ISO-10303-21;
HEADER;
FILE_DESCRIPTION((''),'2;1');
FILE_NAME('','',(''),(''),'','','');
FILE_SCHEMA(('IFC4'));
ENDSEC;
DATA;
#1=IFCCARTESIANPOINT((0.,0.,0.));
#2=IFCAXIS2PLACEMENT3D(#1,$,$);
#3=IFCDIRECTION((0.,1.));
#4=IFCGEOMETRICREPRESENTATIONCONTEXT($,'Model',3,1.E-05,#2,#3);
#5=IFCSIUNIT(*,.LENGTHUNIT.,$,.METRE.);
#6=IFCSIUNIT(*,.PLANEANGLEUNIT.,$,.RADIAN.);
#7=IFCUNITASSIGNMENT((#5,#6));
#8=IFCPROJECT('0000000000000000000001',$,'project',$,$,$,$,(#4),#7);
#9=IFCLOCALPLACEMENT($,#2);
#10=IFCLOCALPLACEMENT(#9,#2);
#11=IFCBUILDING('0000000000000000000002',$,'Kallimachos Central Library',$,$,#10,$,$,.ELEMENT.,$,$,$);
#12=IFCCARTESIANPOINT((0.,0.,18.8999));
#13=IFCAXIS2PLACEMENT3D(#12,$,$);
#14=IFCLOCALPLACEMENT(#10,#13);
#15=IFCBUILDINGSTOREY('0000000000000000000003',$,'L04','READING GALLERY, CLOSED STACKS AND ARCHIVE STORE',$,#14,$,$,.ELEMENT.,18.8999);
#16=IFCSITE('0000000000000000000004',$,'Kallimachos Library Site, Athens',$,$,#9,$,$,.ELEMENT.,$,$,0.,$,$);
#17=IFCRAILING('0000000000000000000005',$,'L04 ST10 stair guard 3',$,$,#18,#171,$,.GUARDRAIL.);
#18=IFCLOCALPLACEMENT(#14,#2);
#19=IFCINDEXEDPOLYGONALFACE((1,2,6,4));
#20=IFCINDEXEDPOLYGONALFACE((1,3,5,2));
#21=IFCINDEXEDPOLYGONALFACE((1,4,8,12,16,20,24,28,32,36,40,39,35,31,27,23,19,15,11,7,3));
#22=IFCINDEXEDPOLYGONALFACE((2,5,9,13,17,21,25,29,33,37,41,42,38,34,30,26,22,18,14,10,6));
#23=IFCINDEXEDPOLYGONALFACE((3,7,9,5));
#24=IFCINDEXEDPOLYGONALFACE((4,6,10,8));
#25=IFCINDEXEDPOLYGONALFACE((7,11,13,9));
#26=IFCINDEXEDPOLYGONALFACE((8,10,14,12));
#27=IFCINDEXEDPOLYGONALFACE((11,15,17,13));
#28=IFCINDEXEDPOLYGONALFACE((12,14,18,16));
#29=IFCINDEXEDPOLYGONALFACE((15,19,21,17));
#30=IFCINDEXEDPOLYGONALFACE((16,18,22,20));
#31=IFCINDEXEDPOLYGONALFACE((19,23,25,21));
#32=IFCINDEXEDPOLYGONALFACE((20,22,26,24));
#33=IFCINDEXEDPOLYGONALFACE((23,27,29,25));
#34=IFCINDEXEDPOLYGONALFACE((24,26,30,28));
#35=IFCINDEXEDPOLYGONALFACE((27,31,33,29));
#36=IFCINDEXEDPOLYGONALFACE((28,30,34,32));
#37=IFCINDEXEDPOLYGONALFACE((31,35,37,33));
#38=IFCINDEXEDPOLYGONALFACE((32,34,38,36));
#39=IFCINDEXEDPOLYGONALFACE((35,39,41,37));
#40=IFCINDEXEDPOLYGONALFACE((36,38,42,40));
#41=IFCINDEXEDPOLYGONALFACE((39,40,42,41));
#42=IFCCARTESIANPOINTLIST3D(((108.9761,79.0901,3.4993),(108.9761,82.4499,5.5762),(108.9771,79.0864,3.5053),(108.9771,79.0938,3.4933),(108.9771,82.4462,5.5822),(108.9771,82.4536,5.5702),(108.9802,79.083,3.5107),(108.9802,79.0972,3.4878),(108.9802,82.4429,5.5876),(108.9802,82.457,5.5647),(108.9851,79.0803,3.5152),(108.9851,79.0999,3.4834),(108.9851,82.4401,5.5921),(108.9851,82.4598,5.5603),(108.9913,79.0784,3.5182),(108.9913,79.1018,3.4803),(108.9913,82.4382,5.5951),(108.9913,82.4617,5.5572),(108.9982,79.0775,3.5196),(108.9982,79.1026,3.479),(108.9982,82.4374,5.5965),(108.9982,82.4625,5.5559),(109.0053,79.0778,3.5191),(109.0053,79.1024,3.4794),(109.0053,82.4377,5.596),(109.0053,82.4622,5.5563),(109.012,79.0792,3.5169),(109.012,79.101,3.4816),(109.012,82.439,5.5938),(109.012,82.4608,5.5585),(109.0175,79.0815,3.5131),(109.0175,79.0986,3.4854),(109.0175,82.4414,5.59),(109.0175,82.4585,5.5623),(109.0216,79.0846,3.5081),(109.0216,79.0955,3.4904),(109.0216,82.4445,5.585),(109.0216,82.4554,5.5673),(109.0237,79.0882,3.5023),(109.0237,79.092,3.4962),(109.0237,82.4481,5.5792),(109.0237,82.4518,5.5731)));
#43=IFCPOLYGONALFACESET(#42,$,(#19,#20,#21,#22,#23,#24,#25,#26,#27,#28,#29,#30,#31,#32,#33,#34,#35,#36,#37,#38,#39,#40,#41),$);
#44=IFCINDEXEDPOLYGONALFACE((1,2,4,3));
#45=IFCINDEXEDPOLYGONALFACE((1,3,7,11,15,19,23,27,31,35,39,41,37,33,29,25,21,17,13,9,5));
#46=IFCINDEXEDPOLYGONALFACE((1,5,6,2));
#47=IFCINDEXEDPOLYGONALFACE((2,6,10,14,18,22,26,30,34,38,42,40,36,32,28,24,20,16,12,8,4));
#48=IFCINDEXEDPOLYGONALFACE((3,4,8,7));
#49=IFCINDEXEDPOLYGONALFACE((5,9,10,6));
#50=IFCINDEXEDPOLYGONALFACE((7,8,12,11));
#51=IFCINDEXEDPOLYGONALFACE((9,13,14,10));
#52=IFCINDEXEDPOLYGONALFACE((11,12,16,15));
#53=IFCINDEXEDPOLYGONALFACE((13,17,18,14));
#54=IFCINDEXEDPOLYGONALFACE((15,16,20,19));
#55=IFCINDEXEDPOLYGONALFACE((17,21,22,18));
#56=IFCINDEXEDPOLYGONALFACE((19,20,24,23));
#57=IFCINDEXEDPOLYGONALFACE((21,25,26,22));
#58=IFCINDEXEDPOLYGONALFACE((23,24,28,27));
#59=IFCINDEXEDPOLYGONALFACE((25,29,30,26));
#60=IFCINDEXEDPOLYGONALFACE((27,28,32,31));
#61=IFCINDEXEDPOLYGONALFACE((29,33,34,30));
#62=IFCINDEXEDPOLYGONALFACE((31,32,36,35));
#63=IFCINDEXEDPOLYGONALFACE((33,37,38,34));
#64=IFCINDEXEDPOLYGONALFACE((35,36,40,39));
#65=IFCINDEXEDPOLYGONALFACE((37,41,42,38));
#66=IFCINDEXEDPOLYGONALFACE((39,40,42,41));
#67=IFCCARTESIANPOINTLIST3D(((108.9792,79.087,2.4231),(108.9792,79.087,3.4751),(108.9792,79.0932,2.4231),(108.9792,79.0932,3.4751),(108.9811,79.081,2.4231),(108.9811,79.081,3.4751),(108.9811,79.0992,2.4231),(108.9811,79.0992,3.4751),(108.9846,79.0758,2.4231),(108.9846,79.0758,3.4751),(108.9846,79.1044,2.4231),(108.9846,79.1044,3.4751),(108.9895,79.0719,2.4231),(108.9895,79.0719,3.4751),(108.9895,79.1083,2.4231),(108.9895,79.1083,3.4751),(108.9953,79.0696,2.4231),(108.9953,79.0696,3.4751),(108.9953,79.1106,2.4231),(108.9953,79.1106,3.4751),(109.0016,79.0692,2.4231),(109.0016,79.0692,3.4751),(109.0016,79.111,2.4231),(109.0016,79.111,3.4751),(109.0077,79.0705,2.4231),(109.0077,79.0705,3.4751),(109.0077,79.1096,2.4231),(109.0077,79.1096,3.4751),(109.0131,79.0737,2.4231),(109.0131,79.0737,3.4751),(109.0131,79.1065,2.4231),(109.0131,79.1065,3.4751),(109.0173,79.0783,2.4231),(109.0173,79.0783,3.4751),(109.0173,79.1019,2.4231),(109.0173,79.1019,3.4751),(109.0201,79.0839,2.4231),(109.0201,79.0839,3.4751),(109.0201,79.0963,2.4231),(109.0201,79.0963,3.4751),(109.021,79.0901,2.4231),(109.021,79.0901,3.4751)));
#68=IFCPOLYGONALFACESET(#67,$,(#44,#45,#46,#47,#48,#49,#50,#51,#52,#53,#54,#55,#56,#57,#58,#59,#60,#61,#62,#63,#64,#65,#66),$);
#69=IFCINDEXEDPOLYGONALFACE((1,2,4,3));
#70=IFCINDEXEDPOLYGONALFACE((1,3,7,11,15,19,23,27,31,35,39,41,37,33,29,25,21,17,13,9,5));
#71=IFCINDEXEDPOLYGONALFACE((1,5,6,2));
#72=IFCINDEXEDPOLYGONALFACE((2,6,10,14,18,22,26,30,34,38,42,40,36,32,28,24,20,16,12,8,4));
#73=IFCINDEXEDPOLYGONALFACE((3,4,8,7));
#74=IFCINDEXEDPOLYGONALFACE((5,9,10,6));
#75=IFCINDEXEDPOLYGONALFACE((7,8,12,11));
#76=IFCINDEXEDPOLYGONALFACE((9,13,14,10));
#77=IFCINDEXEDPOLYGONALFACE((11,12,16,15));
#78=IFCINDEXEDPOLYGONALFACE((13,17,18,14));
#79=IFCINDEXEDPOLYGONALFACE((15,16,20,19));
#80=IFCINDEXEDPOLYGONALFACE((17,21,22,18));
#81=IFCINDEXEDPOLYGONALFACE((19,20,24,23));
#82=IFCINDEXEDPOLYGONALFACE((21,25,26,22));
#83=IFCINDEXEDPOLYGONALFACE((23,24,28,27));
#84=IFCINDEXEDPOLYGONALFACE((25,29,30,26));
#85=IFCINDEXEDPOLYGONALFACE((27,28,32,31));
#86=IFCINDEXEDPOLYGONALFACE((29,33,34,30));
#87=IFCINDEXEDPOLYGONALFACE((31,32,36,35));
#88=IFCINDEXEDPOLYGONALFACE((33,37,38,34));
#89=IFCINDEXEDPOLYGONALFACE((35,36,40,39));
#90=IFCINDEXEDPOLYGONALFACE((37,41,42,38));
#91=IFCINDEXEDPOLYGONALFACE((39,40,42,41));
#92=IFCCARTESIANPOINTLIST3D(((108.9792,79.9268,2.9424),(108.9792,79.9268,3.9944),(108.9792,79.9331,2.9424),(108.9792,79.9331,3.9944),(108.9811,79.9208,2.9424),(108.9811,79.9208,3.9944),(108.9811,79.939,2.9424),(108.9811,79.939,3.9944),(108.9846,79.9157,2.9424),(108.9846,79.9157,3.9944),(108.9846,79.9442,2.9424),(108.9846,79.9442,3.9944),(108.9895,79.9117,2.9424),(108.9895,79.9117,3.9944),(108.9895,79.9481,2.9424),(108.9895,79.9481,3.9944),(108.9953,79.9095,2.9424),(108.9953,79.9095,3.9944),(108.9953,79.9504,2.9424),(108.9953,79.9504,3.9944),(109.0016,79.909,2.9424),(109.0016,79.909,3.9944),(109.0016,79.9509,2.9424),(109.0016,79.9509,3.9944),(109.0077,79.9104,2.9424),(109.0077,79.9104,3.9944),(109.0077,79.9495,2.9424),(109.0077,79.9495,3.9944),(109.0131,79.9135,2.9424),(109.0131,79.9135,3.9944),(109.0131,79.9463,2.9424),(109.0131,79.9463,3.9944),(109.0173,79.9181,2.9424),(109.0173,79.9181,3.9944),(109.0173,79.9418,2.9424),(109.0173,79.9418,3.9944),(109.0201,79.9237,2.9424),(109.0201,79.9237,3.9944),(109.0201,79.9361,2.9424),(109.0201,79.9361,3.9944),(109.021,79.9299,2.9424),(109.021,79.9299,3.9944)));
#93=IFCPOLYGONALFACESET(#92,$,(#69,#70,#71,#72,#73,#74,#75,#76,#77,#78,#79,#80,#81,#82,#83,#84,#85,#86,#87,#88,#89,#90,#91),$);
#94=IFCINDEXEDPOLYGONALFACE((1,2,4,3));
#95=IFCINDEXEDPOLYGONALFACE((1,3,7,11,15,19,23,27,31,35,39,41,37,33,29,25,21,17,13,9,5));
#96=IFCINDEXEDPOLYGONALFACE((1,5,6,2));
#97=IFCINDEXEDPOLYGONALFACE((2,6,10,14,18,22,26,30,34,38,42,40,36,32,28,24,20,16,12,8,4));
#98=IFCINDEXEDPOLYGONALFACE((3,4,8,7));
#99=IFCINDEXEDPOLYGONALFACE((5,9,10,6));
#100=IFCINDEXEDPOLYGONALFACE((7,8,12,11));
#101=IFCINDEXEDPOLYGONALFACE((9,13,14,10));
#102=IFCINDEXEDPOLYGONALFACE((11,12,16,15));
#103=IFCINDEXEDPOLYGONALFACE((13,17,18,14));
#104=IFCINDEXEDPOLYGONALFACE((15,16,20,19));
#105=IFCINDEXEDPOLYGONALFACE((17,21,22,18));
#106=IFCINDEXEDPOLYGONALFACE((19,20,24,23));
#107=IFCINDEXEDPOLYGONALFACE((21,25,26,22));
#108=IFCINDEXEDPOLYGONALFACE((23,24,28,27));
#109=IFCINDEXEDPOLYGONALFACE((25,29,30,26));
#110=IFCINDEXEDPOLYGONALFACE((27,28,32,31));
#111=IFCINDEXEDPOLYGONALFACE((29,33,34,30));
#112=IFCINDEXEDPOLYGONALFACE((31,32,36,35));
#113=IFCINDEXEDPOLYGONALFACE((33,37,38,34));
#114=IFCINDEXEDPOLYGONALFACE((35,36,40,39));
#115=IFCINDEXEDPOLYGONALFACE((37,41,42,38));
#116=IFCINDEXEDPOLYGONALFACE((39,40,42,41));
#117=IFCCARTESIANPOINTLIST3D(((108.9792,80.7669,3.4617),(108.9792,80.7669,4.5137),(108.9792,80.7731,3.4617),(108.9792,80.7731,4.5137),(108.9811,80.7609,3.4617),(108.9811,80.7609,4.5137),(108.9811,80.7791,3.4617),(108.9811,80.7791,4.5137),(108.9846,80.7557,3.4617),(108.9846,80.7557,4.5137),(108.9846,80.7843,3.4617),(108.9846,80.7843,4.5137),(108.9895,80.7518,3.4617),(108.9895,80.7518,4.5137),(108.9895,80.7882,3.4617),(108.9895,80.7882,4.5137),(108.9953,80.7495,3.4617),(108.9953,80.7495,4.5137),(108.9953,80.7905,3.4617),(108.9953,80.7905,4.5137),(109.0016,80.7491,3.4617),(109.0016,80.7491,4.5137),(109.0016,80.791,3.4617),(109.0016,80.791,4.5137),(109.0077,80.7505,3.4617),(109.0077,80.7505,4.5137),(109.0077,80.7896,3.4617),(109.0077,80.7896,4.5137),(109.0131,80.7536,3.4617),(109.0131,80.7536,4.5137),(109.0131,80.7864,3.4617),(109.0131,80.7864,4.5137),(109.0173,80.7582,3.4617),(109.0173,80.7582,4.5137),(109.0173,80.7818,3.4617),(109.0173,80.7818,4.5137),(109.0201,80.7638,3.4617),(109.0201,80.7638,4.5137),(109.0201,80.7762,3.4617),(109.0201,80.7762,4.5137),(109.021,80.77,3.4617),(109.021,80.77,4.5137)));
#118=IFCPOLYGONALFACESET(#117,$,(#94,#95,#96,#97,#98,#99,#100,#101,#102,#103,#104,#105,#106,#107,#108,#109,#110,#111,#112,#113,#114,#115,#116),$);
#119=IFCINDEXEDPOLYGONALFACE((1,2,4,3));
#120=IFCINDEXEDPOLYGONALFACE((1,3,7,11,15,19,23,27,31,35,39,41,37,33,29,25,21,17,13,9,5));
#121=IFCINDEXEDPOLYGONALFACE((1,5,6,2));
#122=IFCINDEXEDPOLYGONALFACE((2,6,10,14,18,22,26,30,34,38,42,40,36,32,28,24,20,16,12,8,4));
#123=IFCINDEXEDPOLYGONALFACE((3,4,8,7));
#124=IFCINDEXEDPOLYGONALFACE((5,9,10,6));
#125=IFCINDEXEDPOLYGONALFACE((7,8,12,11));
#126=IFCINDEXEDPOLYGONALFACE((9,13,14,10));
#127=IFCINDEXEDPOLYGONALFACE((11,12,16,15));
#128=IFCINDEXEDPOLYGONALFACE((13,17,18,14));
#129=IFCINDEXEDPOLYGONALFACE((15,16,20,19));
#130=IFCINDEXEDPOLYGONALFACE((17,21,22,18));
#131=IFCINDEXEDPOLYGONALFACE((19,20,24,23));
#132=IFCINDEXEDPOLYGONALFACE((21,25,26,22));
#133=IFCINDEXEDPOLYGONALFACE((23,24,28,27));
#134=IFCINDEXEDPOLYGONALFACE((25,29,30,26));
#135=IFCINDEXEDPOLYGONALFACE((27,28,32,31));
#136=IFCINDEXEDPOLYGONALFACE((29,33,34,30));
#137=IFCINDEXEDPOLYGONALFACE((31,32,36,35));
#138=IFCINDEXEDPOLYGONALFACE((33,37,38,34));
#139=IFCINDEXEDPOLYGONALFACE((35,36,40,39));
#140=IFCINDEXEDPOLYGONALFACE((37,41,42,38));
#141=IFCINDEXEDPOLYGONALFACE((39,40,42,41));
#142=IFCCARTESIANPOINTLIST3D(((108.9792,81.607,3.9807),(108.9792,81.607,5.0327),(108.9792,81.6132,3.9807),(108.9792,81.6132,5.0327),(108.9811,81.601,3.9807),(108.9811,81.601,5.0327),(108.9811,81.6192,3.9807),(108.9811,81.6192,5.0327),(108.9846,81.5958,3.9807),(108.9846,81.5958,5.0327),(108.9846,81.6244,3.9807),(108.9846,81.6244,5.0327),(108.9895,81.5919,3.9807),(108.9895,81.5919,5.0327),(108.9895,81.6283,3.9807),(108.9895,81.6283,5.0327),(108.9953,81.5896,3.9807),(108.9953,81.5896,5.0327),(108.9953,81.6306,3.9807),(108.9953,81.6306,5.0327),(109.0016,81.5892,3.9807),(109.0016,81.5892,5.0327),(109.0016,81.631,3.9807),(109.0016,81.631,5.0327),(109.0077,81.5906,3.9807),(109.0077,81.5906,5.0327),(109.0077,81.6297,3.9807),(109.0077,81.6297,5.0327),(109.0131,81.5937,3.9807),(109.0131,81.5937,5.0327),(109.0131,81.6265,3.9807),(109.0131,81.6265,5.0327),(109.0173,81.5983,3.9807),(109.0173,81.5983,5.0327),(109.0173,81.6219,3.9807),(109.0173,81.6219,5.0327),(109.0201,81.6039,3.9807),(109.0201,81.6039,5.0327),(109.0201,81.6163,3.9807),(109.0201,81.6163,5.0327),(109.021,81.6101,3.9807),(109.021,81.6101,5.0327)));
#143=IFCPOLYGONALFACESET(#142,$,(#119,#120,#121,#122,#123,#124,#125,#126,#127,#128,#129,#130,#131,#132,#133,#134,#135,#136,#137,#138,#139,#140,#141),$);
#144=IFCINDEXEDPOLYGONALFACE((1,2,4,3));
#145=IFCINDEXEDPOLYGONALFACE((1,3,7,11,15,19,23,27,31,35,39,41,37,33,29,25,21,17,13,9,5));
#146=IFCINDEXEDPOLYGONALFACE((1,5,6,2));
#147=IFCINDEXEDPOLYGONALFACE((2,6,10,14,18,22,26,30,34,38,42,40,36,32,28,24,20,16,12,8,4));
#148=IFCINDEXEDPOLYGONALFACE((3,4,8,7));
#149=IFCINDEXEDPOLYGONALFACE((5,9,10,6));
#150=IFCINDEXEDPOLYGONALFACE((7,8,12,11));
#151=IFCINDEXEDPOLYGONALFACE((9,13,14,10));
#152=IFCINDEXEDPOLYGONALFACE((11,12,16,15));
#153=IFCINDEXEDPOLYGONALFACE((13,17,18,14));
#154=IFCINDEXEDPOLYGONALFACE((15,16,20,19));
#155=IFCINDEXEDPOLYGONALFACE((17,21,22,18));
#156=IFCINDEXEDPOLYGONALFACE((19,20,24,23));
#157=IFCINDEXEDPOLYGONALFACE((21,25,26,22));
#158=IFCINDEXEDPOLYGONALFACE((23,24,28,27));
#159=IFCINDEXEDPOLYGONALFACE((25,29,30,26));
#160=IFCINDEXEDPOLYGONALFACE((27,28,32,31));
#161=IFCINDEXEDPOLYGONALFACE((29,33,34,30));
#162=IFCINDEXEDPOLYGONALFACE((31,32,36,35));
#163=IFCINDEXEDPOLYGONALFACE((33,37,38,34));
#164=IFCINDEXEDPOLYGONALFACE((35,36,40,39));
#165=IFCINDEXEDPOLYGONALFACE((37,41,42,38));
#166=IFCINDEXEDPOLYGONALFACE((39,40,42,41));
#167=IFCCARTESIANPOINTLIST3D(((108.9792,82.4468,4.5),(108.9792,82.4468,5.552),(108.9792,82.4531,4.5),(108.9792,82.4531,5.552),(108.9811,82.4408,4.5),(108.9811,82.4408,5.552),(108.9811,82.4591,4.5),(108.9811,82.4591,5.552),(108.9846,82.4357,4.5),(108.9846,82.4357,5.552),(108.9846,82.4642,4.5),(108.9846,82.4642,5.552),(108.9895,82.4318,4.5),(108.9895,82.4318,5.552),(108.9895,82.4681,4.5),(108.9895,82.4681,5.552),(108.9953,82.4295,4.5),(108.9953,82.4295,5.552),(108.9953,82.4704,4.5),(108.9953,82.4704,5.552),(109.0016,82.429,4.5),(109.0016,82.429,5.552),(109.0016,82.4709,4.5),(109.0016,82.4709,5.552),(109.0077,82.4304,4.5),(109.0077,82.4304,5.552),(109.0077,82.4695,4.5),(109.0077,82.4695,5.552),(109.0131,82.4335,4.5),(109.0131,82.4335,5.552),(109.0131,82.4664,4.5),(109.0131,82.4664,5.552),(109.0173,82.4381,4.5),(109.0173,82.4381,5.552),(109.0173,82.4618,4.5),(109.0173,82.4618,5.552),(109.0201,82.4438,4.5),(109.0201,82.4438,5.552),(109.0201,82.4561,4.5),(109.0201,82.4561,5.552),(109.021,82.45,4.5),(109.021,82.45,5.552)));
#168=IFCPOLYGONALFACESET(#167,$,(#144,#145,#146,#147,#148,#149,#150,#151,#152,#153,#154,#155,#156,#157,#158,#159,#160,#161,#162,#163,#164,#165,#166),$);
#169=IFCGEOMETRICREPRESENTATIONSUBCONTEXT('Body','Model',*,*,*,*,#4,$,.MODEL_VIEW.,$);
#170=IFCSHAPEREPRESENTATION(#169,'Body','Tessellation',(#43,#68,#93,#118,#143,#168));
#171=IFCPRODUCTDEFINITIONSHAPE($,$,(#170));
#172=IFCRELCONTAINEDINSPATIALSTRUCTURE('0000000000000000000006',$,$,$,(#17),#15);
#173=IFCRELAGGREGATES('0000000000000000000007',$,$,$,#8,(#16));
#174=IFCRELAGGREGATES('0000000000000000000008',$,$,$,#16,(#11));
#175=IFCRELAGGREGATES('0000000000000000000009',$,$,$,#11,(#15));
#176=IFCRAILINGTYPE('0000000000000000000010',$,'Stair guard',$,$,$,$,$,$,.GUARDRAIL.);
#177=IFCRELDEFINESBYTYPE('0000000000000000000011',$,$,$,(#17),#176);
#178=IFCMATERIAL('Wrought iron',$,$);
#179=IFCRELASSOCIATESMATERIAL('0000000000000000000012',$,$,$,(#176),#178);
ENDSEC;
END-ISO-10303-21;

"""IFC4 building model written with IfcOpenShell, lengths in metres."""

from ifc_helpers import new_model, si_unit, direction, frame, origin, origin_2d, place, context, subcontext, project, spatial, circle, extrude, material, type_object, element, save


model = new_model("IFC4")

# Units and contexts
model_context = context("Model", 3, precision=1e-05, world=origin(), true_north=direction((0.0, 1.0)))
body_context = subcontext(model_context, "Body", "Model", "MODEL_VIEW")
ifc_project = project(units=[si_unit("LENGTHUNIT", "METRE"), si_unit("PLANEANGLEUNIT", "RADIAN")], contexts=[model_context])

# Site, building, storey
site_placement = place(None, origin())
site = spatial("IfcSite", under=ifc_project, at=site_placement, Name="Kallimachos Library Site, Athens", CompositionType="ELEMENT", RefElevation=0.0)
building_placement = place(site_placement, origin())
building = spatial("IfcBuilding", under=site, at=building_placement, Name="Kallimachos Central Library", CompositionType="ELEMENT")
storey_placement = place(building_placement, frame((0.0, 0.0, 18.8999)))
storey = spatial("IfcBuildingStorey", under=building, at=storey_placement, Name="L04", Description="READING GALLERY, CLOSED STACKS AND ARCHIVE STORE", CompositionType="ELEMENT", Elevation=18.8999)

# Railing
ifc_material_1 = material(Name="Wrought iron")
railing_type_1 = type_object("IfcRailingType", Name="Stair guard", PredefinedType="GUARDRAIL", material=ifc_material_1)
railing_1_placement = place(storey_placement, frame((109.0, 79.0901, 2.4231)))
element("IfcRailing", 1, at=railing_1_placement, inside=storey, type_object=railing_type_1, Name="L04 ST10 stair guard 3", PredefinedType="GUARDRAIL", context=body_context, shape_type="SweptSolid", body=[
    extrude(circle(Radius=0.0239, at=origin_2d()), frame((0.0, 0.0, 1.0762), z_axis=(0.0, 0.850606, 0.525803), x_axis=(-1.0, 0.0, 0.0)), (0.0, 0.0, 1.0), 3.95),
    extrude(circle(Radius=0.021, at=origin_2d()), origin(), (0.0, 0.0, 1.0), 1.052),
    extrude(circle(Radius=0.021, at=origin_2d()), frame((0.0, 0.8398, 0.5193)), (0.0, 0.0, 1.0), 1.052),
    extrude(circle(Radius=0.021, at=origin_2d()), frame((0.0, 1.6799, 1.0386)), (0.0, 0.0, 1.0), 1.052),
    extrude(circle(Radius=0.021, at=origin_2d()), frame((0.0, 2.52, 1.5576)), (0.0, 0.0, 1.0), 1.052),
    extrude(circle(Radius=0.021, at=origin_2d()), frame((0.0, 3.3599, 2.0769)), (0.0, 0.0, 1.0), 1.052),
])

save(model, "model.ifc")
